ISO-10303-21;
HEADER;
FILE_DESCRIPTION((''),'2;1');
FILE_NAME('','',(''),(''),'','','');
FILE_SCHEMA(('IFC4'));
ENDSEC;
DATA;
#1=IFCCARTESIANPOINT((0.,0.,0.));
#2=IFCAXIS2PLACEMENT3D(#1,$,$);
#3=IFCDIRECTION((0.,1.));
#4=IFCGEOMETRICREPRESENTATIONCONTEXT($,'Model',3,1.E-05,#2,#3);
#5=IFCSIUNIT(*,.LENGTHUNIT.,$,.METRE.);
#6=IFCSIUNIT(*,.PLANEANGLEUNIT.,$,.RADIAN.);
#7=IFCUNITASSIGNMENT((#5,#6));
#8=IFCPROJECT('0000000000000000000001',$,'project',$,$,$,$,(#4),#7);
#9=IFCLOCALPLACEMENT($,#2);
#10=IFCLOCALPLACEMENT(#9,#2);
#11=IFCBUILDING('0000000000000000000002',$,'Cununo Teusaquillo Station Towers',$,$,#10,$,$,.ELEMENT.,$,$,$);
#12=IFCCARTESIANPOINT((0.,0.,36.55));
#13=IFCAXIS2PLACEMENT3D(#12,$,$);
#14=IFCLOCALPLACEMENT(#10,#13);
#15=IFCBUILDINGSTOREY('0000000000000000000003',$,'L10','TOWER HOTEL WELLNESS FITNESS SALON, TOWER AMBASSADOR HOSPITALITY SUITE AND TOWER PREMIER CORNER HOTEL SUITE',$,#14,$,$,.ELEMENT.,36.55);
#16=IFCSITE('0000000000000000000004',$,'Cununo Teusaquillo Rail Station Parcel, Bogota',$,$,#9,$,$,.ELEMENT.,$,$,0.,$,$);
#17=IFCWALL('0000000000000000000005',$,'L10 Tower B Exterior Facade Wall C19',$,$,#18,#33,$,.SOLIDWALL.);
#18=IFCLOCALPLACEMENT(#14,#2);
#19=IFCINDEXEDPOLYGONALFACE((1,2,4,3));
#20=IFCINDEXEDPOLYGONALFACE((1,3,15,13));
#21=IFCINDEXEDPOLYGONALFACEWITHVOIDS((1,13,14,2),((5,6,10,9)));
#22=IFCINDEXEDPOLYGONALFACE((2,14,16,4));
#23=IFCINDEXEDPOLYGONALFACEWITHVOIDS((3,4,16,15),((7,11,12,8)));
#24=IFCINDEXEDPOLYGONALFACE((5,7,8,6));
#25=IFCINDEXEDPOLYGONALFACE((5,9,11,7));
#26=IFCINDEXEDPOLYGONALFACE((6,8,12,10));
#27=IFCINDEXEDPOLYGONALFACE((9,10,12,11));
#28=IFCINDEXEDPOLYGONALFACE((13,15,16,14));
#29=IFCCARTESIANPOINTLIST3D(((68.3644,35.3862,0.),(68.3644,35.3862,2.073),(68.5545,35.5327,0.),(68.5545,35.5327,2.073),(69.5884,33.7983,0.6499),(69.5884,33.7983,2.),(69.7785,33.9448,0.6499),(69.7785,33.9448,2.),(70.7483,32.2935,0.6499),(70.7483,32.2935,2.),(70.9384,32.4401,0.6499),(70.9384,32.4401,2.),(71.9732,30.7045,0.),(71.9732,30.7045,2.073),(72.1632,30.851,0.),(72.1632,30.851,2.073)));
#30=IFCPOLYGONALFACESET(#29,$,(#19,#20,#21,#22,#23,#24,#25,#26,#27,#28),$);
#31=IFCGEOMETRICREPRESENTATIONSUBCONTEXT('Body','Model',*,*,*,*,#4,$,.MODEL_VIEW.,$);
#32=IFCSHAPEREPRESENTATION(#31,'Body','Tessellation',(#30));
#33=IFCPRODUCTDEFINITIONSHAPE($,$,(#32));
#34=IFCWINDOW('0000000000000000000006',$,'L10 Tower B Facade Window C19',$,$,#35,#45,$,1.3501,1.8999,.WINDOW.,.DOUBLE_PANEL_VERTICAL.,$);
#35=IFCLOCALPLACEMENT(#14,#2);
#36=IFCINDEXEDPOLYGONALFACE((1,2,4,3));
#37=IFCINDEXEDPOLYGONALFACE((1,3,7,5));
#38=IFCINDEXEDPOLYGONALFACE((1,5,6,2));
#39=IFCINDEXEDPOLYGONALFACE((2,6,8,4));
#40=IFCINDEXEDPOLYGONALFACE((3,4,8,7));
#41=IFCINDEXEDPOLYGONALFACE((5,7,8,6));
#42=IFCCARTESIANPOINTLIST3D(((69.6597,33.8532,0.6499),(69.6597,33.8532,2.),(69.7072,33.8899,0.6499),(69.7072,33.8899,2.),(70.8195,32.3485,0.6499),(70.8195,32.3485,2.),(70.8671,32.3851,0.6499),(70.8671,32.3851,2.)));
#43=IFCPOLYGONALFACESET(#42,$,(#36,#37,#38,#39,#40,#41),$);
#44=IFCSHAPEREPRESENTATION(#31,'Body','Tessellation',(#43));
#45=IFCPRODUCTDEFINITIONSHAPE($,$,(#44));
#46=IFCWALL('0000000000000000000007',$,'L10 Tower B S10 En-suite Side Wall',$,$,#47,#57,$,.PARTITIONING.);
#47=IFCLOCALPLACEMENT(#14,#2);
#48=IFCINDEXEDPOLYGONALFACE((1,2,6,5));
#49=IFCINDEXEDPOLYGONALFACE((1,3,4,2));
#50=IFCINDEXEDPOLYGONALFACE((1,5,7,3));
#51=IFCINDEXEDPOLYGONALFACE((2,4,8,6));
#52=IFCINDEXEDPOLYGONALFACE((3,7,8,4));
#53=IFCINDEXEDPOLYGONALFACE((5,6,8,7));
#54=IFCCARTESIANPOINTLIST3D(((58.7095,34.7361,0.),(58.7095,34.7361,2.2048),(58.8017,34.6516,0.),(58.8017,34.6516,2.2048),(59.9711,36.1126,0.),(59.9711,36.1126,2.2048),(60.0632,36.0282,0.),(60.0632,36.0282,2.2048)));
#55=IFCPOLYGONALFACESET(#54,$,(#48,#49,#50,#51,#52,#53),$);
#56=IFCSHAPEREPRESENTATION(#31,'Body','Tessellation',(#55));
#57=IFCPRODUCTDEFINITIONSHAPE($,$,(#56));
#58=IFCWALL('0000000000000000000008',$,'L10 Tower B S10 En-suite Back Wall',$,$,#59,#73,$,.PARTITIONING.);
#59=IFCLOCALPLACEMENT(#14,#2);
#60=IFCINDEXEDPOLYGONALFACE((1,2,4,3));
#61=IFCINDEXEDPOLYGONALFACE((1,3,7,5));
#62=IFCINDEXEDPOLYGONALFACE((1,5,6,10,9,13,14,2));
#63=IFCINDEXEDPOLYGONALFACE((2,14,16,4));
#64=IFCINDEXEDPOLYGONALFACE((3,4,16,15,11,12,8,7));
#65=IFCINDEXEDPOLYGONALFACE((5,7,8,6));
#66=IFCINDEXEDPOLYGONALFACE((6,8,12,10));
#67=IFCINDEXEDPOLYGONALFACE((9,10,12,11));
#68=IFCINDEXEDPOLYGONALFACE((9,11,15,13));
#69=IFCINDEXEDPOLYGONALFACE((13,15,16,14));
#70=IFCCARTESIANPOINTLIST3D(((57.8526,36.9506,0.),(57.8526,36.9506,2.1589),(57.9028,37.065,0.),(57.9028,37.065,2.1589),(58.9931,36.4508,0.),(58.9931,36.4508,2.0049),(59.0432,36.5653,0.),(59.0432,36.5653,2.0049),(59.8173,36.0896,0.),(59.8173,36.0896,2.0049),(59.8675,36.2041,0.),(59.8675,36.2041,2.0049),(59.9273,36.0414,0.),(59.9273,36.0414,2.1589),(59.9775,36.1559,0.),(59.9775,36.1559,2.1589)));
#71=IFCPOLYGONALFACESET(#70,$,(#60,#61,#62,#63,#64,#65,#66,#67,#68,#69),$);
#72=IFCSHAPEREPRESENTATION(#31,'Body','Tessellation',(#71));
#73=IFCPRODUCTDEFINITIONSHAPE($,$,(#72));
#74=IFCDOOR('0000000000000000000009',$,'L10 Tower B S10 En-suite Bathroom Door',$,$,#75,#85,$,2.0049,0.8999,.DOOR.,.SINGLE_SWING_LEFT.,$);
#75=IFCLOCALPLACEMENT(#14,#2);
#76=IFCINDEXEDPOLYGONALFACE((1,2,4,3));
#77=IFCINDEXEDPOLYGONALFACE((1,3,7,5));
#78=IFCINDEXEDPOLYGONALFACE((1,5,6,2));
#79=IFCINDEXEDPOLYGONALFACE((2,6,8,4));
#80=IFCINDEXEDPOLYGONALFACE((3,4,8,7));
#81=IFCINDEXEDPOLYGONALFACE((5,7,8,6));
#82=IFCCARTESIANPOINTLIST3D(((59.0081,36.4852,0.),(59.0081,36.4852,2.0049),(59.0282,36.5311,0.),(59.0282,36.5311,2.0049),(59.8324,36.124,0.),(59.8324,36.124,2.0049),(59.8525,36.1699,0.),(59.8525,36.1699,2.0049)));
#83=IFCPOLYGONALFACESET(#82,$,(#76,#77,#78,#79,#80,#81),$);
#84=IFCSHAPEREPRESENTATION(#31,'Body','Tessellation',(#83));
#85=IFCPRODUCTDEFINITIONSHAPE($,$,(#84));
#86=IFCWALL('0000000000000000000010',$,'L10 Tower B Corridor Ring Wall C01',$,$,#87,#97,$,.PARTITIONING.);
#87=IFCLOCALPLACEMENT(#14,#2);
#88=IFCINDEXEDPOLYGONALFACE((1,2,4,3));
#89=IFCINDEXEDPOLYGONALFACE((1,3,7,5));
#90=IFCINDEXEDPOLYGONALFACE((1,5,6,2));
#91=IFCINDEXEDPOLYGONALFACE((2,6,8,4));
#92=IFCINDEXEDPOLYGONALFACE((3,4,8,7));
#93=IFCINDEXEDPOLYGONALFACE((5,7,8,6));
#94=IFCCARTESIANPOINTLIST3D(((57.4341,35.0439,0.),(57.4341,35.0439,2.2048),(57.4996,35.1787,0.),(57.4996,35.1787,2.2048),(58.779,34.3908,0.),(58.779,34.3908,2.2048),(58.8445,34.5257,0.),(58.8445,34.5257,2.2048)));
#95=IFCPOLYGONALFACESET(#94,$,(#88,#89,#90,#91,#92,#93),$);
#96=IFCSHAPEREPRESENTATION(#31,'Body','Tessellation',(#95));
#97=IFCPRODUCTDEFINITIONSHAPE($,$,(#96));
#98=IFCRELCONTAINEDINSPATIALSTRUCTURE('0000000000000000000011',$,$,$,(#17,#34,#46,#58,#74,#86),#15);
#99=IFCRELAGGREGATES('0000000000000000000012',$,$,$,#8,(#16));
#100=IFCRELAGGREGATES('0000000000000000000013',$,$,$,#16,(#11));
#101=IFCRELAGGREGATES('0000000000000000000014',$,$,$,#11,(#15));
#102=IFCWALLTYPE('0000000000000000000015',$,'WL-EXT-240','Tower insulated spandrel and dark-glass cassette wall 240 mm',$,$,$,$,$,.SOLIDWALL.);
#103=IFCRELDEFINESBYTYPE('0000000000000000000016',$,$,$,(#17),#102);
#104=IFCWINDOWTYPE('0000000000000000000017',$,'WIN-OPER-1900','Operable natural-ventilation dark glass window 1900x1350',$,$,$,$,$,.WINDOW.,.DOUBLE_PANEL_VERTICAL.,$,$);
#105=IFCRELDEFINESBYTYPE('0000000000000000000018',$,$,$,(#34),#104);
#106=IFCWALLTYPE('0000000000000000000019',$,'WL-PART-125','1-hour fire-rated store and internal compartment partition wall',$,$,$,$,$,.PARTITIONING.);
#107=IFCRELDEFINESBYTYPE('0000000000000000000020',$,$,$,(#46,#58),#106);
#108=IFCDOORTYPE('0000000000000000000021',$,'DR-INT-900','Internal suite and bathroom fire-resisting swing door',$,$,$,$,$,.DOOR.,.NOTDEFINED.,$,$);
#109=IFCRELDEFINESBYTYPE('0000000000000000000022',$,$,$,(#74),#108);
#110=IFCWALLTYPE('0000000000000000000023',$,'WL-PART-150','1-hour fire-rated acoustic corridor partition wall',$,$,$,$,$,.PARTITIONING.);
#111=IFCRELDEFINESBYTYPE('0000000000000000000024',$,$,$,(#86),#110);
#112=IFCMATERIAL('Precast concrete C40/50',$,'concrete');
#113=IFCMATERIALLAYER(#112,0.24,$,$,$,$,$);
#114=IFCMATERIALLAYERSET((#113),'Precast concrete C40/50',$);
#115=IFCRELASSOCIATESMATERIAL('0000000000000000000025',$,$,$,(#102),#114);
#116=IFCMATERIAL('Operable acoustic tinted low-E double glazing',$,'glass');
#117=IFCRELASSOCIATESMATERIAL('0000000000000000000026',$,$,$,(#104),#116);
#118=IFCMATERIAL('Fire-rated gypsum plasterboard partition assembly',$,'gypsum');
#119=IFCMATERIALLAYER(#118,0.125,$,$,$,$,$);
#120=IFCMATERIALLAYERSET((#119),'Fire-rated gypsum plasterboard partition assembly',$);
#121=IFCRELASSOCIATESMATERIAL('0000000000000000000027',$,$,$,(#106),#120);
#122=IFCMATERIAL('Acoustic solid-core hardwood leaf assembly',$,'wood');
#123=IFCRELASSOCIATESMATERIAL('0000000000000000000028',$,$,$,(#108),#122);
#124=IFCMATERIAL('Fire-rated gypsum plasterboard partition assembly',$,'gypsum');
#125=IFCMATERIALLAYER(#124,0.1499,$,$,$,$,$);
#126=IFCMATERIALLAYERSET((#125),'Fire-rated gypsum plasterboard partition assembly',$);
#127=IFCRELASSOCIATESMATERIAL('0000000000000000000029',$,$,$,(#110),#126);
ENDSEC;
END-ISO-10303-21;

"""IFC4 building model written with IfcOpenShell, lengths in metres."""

from ifc_helpers import new_model, si_unit, direction, frame, frame_2d, origin, place, context, subcontext, project, spatial, rectangle, extrude, source, transform, mapped, material, layer, layer_set, type_object, element, fill, save


model = new_model("IFC4")

# Units and contexts
model_context = context("Model", 3, precision=1e-05, world=origin(), true_north=direction((0.0, 1.0)))
body_context = subcontext(model_context, "Body", "Model", "MODEL_VIEW")
ifc_project = project(units=[si_unit("LENGTHUNIT", "METRE"), si_unit("PLANEANGLEUNIT", "RADIAN")], contexts=[model_context])

# Site, building, storey
site_placement = place(None, origin())
site = spatial("IfcSite", under=ifc_project, at=site_placement, Name="Cununo Teusaquillo Rail Station Parcel, Bogota", CompositionType="ELEMENT", RefElevation=0.0)
building_placement = place(site_placement, origin())
building = spatial("IfcBuilding", under=site, at=building_placement, Name="Cununo Teusaquillo Station Towers", CompositionType="ELEMENT")
storey_placement = place(building_placement, frame((0.0, 0.0, 36.55)))
storey = spatial("IfcBuildingStorey", under=building, at=storey_placement, Name="L10", Description="TOWER HOTEL WELLNESS FITNESS SALON, TOWER AMBASSADOR HOSPITALITY SUITE AND TOWER PREMIER CORNER HOTEL SUITE", CompositionType="ELEMENT", Elevation=36.55)

# Shared definitions
ifc_material_1 = material(Name="Precast concrete C40/50", Category="concrete")
ifc_layer_1 = layer(ifc_material_1, 0.24)
ifc_layer_set_1 = layer_set([ifc_layer_1], Name="Precast concrete C40/50")
wall_type_1 = type_object("IfcWallType", Name="WL-EXT-240", Description="Tower insulated spandrel and dark-glass cassette wall 240 mm", PredefinedType="SOLIDWALL", material=ifc_layer_set_1)

# Wall, opening, window
wall_1_placement = place(storey_placement, frame((68.4595, 35.4595, 0.0), z_axis=(0.0, 0.0, 1.0), x_axis=(0.610495, -0.79202, 0.0)))
wall_1 = element("IfcWall", 1, at=wall_1_placement, inside=storey, type_object=wall_type_1, Name="L10 Tower B Exterior Facade Wall C19", PredefinedType="SOLIDWALL", context=body_context, shape_type="SweptSolid", body=[
    extrude(rectangle(XDim=5.9111, YDim=0.24, at=frame_2d((2.9556, 0.0))), origin(), (0.0, 0.0, 1.0), 2.073),
])
shared_shape_1 = source(origin(), body_context, "Body", "SweptSolid", [
    extrude(rectangle(XDim=1.8999, YDim=1.3501, at=frame_2d((0.95, 0.675))), frame((0.0, 0.1299, 0.0), z_axis=(0.0, -1.0, 0.0), x_axis=(1.0, 0.0, 0.0)), (0.0, 0.0, 1.0), 0.26),
])
opening_1_placement = place(wall_1_placement, frame((2.0049, 0.0, 0.6499)))
opening_1 = element("IfcOpeningElement", 2, at=opening_1_placement, cuts=wall_1, PredefinedType="OPENING", context=body_context, shape_type="MappedRepresentation", body=[
    mapped(shared_shape_1, transform((0.0, 0.0, 0.0), x_axis=(1.0, 0.0, 0.0), y_axis=(0.0, 1.0, 0.0), z_axis=(0.0, 0.0, 1.0), scale=1.0)),
])
ifc_material_2 = material(Name="Operable acoustic tinted low-E double glazing", Category="glass")
window_type = type_object("IfcWindowType", Name="WIN-OPER-1900", Description="Operable natural-ventilation dark glass window 1900x1350", PartitioningType="DOUBLE_PANEL_VERTICAL", PredefinedType="WINDOW", material=ifc_material_2)
shared_shape_2 = source(origin(), body_context, "Body", "SweptSolid", [
    extrude(rectangle(XDim=1.8999, YDim=1.3501, at=frame_2d((0.95, 0.675))), frame((0.0, 0.03, 0.0), z_axis=(0.0, -1.0, 0.0), x_axis=(1.0, 0.0, 0.0)), (0.0, 0.0, 1.0), 0.0601),
])
window_placement = place(opening_1_placement, origin())
window = element("IfcWindow", 3, at=window_placement, inside=storey, type_object=window_type, Name="L10 Tower B Facade Window C19", OverallHeight=1.3501, OverallWidth=1.8999, PartitioningType="DOUBLE_PANEL_VERTICAL", PredefinedType="WINDOW", context=body_context, shape_type="MappedRepresentation", body=[
    mapped(shared_shape_2, transform((0.0, 0.0, 0.0), x_axis=(1.0, 0.0, 0.0), y_axis=(0.0, 1.0, 0.0), z_axis=(0.0, 0.0, 1.0), scale=1.0)),
])
fill(opening_1, window)

# Wall
ifc_material_3 = material(Name="Fire-rated gypsum plasterboard partition assembly", Category="gypsum")
ifc_layer_2 = layer(ifc_material_3, 0.125)
ifc_layer_set_2 = layer_set([ifc_layer_2], Name="Fire-rated gypsum plasterboard partition assembly")
wall_type_2 = type_object("IfcWallType", Name="WL-PART-125", Description="1-hour fire-rated store and internal compartment partition wall", PredefinedType="PARTITIONING", material=ifc_layer_set_2)
wall_2_placement = place(storey_placement, frame((58.7556, 34.6938, 0.0), z_axis=(0.0, 0.0, 1.0), x_axis=(0.675642, 0.73723, 0.0)))
element("IfcWall", 4, at=wall_2_placement, inside=storey, type_object=wall_type_2, Name="L10 Tower B S10 En-suite Side Wall", PredefinedType="PARTITIONING", context=body_context, shape_type="SweptSolid", body=[
    extrude(rectangle(XDim=1.8672, YDim=0.125, at=frame_2d((0.9336, 0.0))), origin(), (0.0, 0.0, 1.0), 2.2048),
])

# Wall, opening, door
wall_3_placement = place(storey_placement, frame((59.9524, 36.0986, 0.0), z_axis=(0.0, 0.0, 1.0), x_axis=(-0.915915, 0.401373, 0.0)))
wall_3 = element("IfcWall", 5, at=wall_3_placement, inside=storey, type_object=wall_type_2, Name="L10 Tower B S10 En-suite Back Wall", PredefinedType="PARTITIONING", context=body_context, shape_type="SweptSolid", body=[
    extrude(rectangle(XDim=2.2651, YDim=0.125, at=frame_2d((1.1326, 0.0))), origin(), (0.0, 0.0, 1.0), 2.1589),
])
shared_shape_3 = source(origin(), body_context, "Body", "SweptSolid", [
    extrude(rectangle(XDim=0.8999, YDim=2.0049, at=frame_2d((0.45, 1.0024))), frame((0.0, 0.0725, 0.0), z_axis=(0.0, -1.0, 0.0), x_axis=(1.0, 0.0, 0.0)), (0.0, 0.0, 1.0), 0.145),
])
opening_2_placement = place(wall_3_placement, frame((0.1201, 0.0, 0.0)))
opening_2 = element("IfcOpeningElement", 6, at=opening_2_placement, cuts=wall_3, PredefinedType="OPENING", context=body_context, shape_type="MappedRepresentation", body=[
    mapped(shared_shape_3, transform((0.0, 0.0, 0.0), x_axis=(1.0, 0.0, 0.0), y_axis=(0.0, 1.0, 0.0), z_axis=(0.0, 0.0, 1.0), scale=1.0)),
])
ifc_material_4 = material(Name="Acoustic solid-core hardwood leaf assembly", Category="wood")
door_type = type_object("IfcDoorType", Name="DR-INT-900", Description="Internal suite and bathroom fire-resisting swing door", OperationType="NOTDEFINED", PredefinedType="DOOR", material=ifc_material_4)
shared_shape_4 = source(origin(), body_context, "Body", "SweptSolid", [
    extrude(rectangle(XDim=0.8999, YDim=2.0049, at=frame_2d((0.45, 1.0024))), frame((0.0, 0.0249, 0.0), z_axis=(0.0, -1.0, 0.0), x_axis=(1.0, 0.0, 0.0)), (0.0, 0.0, 1.0), 0.05),
])
door_placement = place(opening_2_placement, origin())
door = element("IfcDoor", 7, at=door_placement, inside=storey, type_object=door_type, Name="L10 Tower B S10 En-suite Bathroom Door", OperationType="SINGLE_SWING_LEFT", OverallHeight=2.0049, OverallWidth=0.8999, PredefinedType="DOOR", context=body_context, shape_type="MappedRepresentation", body=[
    mapped(shared_shape_4, transform((0.0, 0.0, 0.0), x_axis=(1.0, 0.0, 0.0), y_axis=(0.0, 1.0, 0.0), z_axis=(0.0, 0.0, 1.0), scale=1.0)),
])
fill(opening_2, door)

# Wall
ifc_material_5 = material(Name="Fire-rated gypsum plasterboard partition assembly", Category="gypsum")
ifc_layer_3 = layer(ifc_material_5, 0.1499)
ifc_layer_set_3 = layer_set([ifc_layer_3], Name="Fire-rated gypsum plasterboard partition assembly")
wall_type_3 = type_object("IfcWallType", Name="WL-PART-150", Description="1-hour fire-rated acoustic corridor partition wall", PredefinedType="PARTITIONING", material=ifc_layer_set_3)
wall_4_placement = place(storey_placement, frame((58.8118, 34.4583, 0.0), z_axis=(0.0, 0.0, 1.0), x_axis=(-0.899559, 0.436798, 0.0)))
element("IfcWall", 8, at=wall_4_placement, inside=storey, type_object=wall_type_3, Name="L10 Tower B Corridor Ring Wall C01", PredefinedType="PARTITIONING", context=body_context, shape_type="SweptSolid", body=[
    extrude(rectangle(XDim=1.4951, YDim=0.1499, at=frame_2d((0.7476, 0.0))), origin(), (0.0, 0.0, 1.0), 2.2048),
])

save(model, "model.ifc")
